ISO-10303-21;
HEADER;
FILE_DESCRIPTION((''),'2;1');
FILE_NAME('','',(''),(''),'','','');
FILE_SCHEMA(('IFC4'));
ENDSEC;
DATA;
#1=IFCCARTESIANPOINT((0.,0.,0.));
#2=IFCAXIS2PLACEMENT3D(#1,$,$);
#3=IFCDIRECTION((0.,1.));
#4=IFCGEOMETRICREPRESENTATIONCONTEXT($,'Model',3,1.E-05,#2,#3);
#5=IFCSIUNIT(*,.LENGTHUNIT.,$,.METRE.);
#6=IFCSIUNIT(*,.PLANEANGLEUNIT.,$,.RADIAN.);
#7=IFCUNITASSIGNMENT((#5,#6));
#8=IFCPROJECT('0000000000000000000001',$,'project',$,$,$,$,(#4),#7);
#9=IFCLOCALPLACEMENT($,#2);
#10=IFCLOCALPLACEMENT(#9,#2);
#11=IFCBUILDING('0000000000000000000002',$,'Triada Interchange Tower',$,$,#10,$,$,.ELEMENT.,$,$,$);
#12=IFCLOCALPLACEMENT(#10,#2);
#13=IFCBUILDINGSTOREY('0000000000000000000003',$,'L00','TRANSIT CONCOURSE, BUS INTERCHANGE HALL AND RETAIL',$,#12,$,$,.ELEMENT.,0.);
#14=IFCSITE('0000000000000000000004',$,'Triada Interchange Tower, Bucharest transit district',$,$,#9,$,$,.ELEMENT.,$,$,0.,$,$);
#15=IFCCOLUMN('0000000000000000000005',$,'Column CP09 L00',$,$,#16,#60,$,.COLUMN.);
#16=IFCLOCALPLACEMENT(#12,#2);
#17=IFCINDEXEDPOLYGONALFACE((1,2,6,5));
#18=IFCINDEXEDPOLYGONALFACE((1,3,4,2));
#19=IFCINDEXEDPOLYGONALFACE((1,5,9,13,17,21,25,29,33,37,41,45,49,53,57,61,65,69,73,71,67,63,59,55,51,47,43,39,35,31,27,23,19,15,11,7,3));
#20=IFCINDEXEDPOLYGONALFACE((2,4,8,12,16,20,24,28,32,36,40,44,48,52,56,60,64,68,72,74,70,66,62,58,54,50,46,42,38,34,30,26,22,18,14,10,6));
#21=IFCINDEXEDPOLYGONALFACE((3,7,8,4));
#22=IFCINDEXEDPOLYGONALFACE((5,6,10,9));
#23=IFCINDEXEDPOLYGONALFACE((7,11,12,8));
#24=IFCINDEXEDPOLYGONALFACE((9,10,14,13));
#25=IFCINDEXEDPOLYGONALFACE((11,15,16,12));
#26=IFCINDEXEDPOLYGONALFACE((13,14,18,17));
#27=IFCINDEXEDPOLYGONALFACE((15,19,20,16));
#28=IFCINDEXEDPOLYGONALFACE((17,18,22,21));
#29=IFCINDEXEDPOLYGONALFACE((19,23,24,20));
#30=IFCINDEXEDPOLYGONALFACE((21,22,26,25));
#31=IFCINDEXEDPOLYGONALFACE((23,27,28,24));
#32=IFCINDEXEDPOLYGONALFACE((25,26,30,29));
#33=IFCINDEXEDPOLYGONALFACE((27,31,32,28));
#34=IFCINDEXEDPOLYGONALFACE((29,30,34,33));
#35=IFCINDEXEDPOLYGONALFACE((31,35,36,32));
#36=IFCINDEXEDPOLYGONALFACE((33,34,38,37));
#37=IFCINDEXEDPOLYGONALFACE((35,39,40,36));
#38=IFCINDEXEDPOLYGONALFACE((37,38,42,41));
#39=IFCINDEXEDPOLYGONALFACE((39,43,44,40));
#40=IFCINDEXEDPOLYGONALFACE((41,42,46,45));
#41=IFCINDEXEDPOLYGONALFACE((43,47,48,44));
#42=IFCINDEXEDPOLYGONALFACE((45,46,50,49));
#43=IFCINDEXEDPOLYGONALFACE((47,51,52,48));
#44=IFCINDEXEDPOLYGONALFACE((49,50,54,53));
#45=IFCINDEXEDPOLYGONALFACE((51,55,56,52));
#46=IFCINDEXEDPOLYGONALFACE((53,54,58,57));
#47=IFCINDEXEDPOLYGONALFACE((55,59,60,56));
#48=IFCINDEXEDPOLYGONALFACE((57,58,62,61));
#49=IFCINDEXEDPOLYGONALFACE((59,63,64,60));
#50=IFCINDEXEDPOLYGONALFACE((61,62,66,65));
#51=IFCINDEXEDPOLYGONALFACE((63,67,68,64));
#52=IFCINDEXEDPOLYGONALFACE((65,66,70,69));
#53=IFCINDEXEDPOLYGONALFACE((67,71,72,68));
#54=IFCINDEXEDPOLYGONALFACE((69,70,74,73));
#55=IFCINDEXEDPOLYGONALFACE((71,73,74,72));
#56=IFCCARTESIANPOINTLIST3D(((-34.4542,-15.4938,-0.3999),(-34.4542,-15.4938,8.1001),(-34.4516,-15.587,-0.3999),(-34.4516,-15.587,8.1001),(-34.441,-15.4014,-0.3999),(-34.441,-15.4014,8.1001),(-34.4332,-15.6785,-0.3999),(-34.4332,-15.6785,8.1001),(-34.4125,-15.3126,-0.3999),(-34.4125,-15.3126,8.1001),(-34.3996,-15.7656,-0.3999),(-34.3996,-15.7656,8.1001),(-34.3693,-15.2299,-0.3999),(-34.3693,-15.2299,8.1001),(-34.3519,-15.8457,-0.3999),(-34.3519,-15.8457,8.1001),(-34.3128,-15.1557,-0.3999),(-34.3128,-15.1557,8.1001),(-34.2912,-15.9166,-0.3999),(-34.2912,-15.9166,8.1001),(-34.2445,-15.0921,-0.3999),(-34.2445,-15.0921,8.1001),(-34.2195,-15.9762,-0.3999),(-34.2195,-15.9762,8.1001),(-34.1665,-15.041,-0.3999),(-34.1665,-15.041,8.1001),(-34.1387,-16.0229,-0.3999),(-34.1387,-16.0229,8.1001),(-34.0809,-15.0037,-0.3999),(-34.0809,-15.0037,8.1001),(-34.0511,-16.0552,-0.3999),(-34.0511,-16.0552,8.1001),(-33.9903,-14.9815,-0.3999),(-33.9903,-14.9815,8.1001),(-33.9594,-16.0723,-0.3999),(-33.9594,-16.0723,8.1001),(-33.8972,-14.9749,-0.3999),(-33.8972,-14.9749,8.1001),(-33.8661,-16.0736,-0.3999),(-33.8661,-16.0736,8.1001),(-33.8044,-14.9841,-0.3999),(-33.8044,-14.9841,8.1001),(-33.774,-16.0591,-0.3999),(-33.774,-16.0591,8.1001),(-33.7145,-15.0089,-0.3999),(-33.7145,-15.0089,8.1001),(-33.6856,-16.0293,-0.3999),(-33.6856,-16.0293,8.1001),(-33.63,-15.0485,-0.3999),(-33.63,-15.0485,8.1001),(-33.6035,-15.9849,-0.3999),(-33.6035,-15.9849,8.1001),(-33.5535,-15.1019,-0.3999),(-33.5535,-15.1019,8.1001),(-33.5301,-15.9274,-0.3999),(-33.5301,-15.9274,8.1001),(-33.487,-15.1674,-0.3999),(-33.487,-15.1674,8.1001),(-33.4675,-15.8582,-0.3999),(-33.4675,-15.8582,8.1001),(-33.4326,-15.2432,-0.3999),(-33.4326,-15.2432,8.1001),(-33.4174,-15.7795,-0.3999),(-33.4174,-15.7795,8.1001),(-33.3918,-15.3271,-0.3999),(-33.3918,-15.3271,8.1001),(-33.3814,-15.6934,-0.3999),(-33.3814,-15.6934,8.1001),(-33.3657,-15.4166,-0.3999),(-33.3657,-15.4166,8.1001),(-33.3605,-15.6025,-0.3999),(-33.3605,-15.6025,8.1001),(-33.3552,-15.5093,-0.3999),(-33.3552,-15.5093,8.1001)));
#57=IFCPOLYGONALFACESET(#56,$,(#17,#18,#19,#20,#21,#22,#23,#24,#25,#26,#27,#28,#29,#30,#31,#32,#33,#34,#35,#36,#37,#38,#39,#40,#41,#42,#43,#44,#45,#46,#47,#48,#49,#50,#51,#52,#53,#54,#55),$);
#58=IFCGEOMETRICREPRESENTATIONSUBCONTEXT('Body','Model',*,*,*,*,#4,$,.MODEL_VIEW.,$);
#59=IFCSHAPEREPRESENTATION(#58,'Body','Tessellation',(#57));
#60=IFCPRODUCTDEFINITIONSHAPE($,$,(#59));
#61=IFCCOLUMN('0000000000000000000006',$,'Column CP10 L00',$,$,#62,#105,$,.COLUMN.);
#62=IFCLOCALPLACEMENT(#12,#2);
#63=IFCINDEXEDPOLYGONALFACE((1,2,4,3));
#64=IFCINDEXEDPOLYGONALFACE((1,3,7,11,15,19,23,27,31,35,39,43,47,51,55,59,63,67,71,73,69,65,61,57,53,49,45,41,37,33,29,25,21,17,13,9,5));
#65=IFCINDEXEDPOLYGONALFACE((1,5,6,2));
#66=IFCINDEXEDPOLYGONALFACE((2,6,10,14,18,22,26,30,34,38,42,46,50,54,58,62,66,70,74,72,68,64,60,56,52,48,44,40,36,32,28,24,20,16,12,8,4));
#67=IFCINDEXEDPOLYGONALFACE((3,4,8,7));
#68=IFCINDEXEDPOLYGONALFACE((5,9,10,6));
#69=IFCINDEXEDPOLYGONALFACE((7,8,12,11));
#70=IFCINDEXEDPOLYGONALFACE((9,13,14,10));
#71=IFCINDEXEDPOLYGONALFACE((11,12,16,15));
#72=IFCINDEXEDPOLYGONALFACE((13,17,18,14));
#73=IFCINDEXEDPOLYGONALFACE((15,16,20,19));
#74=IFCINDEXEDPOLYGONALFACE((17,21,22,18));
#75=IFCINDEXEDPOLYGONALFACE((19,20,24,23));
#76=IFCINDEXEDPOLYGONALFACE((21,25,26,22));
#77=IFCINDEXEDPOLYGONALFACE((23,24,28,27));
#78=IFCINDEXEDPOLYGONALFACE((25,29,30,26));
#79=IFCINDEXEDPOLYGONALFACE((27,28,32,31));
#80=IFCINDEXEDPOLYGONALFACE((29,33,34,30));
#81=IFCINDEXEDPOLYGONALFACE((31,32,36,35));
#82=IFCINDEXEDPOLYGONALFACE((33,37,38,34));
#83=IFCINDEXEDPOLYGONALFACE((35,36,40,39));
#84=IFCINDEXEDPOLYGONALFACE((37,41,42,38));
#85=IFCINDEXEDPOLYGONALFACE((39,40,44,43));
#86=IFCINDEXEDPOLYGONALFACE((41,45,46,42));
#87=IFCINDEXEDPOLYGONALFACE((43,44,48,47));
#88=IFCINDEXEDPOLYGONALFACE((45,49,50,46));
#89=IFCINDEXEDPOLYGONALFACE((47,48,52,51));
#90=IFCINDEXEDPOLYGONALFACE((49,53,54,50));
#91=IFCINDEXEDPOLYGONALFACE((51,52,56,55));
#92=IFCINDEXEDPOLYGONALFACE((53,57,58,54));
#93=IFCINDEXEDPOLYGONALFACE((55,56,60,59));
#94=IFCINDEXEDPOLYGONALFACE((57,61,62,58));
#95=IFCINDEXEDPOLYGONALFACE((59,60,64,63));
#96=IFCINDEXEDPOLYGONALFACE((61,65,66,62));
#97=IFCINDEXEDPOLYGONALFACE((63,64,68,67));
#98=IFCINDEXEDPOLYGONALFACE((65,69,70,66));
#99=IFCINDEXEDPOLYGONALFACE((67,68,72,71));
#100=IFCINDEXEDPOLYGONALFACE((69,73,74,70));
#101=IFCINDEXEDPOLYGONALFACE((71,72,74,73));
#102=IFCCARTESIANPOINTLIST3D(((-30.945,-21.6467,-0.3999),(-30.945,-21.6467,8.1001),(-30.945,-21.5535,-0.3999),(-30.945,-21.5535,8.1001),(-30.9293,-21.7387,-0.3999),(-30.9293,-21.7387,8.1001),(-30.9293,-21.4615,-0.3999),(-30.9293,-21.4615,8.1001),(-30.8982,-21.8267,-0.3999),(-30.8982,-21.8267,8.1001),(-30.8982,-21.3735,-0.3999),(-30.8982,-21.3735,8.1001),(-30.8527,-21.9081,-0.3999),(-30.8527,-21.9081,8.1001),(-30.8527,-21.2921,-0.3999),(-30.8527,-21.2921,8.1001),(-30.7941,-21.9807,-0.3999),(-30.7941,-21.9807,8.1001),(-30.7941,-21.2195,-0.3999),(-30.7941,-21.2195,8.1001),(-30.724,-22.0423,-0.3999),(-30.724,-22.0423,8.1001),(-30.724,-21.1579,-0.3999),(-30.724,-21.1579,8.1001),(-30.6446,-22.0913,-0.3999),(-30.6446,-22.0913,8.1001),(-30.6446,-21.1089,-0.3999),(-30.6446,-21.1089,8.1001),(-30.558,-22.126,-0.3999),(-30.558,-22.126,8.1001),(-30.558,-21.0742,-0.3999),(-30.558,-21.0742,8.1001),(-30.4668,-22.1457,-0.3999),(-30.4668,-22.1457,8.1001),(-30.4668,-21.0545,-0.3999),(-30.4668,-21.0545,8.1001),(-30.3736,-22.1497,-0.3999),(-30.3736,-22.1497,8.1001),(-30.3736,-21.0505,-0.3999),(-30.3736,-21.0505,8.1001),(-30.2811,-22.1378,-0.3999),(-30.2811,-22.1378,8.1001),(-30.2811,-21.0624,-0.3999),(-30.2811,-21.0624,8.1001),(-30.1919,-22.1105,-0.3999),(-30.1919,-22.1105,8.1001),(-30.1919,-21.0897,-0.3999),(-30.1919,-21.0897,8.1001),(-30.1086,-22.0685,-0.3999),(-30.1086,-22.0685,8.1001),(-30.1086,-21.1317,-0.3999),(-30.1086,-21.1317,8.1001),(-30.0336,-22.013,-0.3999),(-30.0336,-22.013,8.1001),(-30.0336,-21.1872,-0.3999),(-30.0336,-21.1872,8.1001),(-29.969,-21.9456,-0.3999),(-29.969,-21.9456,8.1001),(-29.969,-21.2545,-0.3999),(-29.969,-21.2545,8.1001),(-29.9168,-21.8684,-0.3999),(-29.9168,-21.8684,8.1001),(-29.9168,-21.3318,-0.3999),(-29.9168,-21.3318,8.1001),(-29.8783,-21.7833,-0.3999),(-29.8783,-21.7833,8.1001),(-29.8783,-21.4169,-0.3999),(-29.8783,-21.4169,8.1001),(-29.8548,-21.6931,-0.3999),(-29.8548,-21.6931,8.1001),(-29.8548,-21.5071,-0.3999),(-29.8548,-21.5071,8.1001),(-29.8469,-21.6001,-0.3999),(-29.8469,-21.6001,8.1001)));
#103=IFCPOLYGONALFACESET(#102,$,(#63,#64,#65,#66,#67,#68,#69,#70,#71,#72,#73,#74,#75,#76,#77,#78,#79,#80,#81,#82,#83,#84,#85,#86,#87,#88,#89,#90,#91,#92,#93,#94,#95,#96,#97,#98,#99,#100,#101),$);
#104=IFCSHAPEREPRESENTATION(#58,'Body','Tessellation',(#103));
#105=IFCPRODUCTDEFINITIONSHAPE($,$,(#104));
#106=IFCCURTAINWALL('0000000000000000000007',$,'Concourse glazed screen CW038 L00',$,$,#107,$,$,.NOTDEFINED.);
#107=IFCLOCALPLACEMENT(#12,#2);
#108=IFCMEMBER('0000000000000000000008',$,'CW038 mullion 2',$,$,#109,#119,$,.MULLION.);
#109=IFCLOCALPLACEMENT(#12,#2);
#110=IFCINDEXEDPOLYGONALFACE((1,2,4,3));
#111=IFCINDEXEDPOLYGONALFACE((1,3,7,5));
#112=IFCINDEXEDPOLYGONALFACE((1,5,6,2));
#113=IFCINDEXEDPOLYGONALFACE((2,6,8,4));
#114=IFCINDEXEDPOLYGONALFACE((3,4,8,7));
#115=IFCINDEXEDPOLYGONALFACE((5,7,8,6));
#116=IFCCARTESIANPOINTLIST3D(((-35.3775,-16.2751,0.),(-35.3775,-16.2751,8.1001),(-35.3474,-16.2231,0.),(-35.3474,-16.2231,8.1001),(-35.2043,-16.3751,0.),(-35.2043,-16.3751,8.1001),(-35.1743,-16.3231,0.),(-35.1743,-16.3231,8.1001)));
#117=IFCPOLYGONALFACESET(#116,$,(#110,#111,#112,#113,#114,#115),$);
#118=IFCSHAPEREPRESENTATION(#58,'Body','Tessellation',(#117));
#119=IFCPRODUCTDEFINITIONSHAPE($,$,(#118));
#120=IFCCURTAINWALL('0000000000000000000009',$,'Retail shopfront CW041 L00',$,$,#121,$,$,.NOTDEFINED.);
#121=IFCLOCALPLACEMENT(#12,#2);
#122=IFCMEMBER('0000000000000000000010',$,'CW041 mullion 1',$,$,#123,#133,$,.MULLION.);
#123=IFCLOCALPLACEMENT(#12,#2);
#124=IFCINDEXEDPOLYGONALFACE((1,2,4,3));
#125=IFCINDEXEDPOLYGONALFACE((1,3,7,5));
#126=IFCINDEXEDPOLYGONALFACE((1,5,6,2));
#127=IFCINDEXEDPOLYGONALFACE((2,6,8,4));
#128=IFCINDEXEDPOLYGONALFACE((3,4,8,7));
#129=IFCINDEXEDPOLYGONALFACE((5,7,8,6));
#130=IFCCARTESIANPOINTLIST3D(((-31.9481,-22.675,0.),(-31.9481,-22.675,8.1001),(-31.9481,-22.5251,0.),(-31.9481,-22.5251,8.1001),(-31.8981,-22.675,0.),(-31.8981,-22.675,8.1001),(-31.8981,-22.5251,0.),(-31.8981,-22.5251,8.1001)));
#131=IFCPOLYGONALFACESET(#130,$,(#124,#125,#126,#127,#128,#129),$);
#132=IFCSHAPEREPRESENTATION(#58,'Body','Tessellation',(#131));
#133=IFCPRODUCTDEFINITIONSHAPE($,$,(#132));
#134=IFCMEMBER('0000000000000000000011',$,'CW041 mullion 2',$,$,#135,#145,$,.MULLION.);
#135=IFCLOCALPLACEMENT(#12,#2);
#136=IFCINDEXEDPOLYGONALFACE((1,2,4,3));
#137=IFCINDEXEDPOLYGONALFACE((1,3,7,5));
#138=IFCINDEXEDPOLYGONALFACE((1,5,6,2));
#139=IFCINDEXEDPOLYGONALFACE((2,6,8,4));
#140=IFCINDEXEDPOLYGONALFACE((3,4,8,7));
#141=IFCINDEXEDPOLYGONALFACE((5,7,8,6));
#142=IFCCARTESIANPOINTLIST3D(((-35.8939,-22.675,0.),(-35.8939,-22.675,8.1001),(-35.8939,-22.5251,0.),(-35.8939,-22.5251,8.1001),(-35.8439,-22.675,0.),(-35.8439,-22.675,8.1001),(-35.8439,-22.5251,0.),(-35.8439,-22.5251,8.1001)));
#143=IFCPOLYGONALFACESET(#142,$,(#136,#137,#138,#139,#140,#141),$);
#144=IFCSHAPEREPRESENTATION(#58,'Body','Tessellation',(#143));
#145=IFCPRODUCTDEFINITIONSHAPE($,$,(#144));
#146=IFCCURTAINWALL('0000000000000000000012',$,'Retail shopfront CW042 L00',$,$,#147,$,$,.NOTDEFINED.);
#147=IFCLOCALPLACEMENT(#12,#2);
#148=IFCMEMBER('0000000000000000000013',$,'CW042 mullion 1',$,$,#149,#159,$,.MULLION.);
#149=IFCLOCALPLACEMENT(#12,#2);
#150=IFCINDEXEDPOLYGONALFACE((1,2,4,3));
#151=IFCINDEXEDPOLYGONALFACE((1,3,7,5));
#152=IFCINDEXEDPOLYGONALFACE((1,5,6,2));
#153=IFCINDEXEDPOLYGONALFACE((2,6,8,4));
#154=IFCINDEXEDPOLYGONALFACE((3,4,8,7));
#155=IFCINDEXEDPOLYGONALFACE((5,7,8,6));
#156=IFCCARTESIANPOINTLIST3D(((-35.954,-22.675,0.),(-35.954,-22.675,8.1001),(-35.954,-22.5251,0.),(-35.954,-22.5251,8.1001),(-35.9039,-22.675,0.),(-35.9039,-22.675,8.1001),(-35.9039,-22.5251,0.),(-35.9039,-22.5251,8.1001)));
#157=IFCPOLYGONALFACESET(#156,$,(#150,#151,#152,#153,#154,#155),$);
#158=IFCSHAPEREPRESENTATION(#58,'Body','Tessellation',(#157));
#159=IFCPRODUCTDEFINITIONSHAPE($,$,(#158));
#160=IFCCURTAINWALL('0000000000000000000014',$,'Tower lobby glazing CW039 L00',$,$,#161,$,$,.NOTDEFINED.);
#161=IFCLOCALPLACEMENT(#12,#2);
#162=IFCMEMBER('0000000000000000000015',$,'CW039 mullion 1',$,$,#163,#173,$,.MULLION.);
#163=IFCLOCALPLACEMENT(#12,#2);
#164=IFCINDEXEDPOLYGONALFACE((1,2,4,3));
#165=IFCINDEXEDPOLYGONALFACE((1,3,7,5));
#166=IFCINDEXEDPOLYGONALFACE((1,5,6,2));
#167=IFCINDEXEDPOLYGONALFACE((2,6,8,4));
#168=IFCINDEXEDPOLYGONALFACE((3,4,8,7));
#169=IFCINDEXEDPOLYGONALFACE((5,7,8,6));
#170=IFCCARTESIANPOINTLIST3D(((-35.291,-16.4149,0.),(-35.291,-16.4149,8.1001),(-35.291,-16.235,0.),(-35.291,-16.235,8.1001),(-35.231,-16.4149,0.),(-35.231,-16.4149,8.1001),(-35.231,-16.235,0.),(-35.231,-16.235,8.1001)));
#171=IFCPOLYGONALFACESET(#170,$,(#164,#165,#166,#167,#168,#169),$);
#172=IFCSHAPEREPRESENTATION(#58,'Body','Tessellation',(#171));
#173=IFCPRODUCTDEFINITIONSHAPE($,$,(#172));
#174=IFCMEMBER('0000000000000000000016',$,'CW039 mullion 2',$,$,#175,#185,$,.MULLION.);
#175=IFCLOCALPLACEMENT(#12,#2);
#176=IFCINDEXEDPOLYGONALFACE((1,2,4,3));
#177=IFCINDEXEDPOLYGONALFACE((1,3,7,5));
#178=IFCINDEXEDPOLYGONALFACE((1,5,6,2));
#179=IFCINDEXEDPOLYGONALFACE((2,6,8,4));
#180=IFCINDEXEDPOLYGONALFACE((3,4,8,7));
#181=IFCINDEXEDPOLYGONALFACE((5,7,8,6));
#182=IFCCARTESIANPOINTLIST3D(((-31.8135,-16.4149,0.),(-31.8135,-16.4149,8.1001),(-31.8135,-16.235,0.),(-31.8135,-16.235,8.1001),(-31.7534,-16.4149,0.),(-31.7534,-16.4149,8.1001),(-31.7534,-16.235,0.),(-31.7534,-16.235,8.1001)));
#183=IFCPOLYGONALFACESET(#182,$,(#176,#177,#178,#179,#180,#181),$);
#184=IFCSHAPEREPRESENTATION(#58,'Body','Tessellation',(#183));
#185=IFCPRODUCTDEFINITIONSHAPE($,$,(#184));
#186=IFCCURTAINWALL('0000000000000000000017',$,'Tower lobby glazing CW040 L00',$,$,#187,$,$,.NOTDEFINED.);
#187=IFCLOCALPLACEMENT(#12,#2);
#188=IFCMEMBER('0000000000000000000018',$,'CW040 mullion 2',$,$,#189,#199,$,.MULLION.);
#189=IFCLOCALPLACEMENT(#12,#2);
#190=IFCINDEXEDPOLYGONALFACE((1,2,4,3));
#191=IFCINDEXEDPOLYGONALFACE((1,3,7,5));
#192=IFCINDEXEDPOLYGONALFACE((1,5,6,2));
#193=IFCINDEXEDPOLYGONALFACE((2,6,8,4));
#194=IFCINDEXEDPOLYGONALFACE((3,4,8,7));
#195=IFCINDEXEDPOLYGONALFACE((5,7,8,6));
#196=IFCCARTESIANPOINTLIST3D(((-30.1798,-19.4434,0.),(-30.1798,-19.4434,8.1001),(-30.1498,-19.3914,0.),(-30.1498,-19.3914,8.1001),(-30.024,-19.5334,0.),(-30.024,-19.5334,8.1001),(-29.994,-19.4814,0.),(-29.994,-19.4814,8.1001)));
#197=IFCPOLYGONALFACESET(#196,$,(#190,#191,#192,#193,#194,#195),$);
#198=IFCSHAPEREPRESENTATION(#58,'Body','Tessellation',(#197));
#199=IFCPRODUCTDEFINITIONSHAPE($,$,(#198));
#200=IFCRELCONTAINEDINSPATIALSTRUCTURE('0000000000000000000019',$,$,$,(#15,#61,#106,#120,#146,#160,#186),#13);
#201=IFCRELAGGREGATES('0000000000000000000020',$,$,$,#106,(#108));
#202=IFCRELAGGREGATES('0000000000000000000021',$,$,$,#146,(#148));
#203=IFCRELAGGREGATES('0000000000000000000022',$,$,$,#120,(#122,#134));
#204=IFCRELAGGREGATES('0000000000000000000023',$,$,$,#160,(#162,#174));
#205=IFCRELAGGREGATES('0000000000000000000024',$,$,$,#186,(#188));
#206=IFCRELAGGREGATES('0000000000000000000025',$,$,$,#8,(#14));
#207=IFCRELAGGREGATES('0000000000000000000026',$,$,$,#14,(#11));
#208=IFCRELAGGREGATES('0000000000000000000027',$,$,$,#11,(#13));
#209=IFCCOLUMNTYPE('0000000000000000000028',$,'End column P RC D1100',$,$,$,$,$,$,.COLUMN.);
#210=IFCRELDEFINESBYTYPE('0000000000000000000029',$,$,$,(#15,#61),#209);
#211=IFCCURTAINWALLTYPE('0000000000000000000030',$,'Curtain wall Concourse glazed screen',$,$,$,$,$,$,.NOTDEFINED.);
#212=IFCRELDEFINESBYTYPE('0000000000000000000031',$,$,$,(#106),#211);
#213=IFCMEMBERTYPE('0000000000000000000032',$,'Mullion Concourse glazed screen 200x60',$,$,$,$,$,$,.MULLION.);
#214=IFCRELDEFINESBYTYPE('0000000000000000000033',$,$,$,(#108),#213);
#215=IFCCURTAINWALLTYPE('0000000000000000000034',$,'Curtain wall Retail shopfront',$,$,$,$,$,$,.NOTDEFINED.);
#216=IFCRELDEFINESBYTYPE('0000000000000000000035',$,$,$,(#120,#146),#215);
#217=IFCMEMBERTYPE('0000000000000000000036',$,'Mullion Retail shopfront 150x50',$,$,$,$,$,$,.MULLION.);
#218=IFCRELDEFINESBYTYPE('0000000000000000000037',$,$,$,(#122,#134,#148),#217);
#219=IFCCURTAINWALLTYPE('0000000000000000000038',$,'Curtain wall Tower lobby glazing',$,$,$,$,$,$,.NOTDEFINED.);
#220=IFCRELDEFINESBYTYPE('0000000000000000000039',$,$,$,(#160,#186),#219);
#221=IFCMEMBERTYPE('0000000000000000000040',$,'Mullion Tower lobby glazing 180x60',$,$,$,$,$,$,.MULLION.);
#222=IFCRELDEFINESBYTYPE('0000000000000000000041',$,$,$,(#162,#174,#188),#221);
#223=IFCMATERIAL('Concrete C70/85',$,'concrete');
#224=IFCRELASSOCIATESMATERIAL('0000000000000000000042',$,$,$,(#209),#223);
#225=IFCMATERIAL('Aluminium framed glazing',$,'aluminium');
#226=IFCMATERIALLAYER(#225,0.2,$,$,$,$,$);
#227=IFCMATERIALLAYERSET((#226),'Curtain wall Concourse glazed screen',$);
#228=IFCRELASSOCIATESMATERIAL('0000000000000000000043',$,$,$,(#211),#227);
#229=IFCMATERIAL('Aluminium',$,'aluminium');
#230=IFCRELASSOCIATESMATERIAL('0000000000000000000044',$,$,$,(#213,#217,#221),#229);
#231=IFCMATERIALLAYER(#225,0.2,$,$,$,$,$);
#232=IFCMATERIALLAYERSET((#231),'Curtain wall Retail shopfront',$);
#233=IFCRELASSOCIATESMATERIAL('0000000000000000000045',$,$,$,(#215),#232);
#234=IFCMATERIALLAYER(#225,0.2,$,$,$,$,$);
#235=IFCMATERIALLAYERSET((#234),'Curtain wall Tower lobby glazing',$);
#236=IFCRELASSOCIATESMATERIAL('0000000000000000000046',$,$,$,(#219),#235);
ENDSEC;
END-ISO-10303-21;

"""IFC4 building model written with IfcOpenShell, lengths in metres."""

from ifc_helpers import new_model, si_unit, direction, frame, origin, origin_2d, place, context, subcontext, project, spatial, rectangle, circle, extrude, material, layer, layer_set, material_profile, profile_set, type_object, element, aggregate, save


model = new_model("IFC4")

# Units and contexts
model_context = context("Model", 3, precision=1e-05, world=origin(), true_north=direction((0.0, 1.0)))
body_context = subcontext(model_context, "Body", "Model", "MODEL_VIEW")
ifc_project = project(units=[si_unit("LENGTHUNIT", "METRE"), si_unit("PLANEANGLEUNIT", "RADIAN")], contexts=[model_context])

# Site, building, storey
site_placement = place(None, origin())
site = spatial("IfcSite", under=ifc_project, at=site_placement, Name="Triada Interchange Tower, Bucharest transit district", CompositionType="ELEMENT", RefElevation=0.0)
building_placement = place(site_placement, origin())
building = spatial("IfcBuilding", under=site, at=building_placement, Name="Triada Interchange Tower", CompositionType="ELEMENT")
storey_placement = place(building_placement, origin())
storey = spatial("IfcBuildingStorey", under=building, at=storey_placement, Name="L00", Description="TRANSIT CONCOURSE, BUS INTERCHANGE HALL AND RETAIL", CompositionType="ELEMENT", Elevation=0.0)

# Columns
ifc_material_1 = material(Name="Concrete C70/85", Category="concrete")
ifc_material_profile_1 = material_profile(ifc_material_1, circle(Radius=0.55, at=origin_2d()), Name="RC D1100")
ifc_profile_set_1 = profile_set([ifc_material_profile_1], Name="Concrete C70/85")
column_type = type_object("IfcColumnType", Name="End column P RC D1100", PredefinedType="COLUMN", material=ifc_profile_set_1)
for number, where, z_axis, x_axis, name in (
    (1, (-33.905, -15.5249, -0.3999), (0.0, 0.0, 1.0), (0.5, 0.866025, 0.0), "Column CP09 L00"),
    (2, (-30.397, -21.6001, -0.3999), (0.0, 0.0, 1.0), (1.0, 0.0, 0.0), "Column CP10 L00"),
):
    element("IfcColumn", number, at=place(storey_placement, frame(where, z_axis=z_axis, x_axis=x_axis)), inside=storey, type_object=column_type, Name=name, PredefinedType="COLUMN", context=body_context, shape_type="SweptSolid", body=[
        extrude(circle(Radius=0.55, at=origin_2d()), origin(), (0.0, 0.0, 1.0), 8.5),
    ])

# Curtain wall, member
ifc_material_2 = material(Name="Aluminium framed glazing", Category="aluminium")
ifc_layer_1 = layer(ifc_material_2, 0.2)
ifc_layer_set_1 = layer_set([ifc_layer_1], Name="Curtain wall Concourse glazed screen")
curtain_wall_type_1 = type_object("IfcCurtainWallType", Name="Curtain wall Concourse glazed screen", PredefinedType="NOTDEFINED", material=ifc_layer_set_1)
curtain_wall_1_placement = place(storey_placement, origin())
curtain_wall_1 = element("IfcCurtainWall", 3, at=curtain_wall_1_placement, inside=storey, type_object=curtain_wall_type_1, Name="Concourse glazed screen CW038 L00", PredefinedType="NOTDEFINED")
ifc_material_3 = material(Name="Aluminium", Category="aluminium")
ifc_material_profile_2 = material_profile(ifc_material_3, rectangle(XDim=0.2, YDim=0.0601, at=origin_2d()), Name="Aluminium mullion")
ifc_profile_set_2 = profile_set([ifc_material_profile_2], Name="Aluminium")
member_type_1 = type_object("IfcMemberType", Name="Mullion Concourse glazed screen 200x60", PredefinedType="MULLION", material=ifc_profile_set_2)
member_1_placement = place(storey_placement, frame((-35.2759, -16.2991, 0.0), z_axis=(0.0, 0.0, 1.0), x_axis=(0.865982, -0.500074, 0.0)))
member_1 = element("IfcMember", 4, at=member_1_placement, type_object=member_type_1, Name="CW038 mullion 2", PredefinedType="MULLION", context=body_context, shape_type="SweptSolid", body=[
    extrude(rectangle(XDim=0.2, YDim=0.0601, at=origin_2d()), origin(), (0.0, 0.0, 1.0), 8.1001),
])
aggregate(curtain_wall_1, [member_1])

# Curtain wall, members
ifc_layer_2 = layer(ifc_material_2, 0.2)
ifc_layer_set_2 = layer_set([ifc_layer_2], Name="Curtain wall Retail shopfront")
curtain_wall_type_2 = type_object("IfcCurtainWallType", Name="Curtain wall Retail shopfront", PredefinedType="NOTDEFINED", material=ifc_layer_set_2)
curtain_wall_2_placement = place(storey_placement, origin())
curtain_wall_2 = element("IfcCurtainWall", 5, at=curtain_wall_2_placement, inside=storey, type_object=curtain_wall_type_2, Name="Retail shopfront CW041 L00", PredefinedType="NOTDEFINED")
ifc_material_profile_3 = material_profile(ifc_material_3, rectangle(XDim=0.1499, YDim=0.05, at=origin_2d()), Name="Aluminium mullion")
ifc_profile_set_3 = profile_set([ifc_material_profile_3], Name="Aluminium")
member_type_2 = type_object("IfcMemberType", Name="Mullion Retail shopfront 150x50", PredefinedType="MULLION", material=ifc_profile_set_3)
member_2_placement = place(storey_placement, frame((-31.9231, -22.6001, 0.0), z_axis=(0.0, 0.0, 1.0), x_axis=(0.0, -1.0, 0.0)))
member_2 = element("IfcMember", 6, at=member_2_placement, type_object=member_type_2, Name="CW041 mullion 1", PredefinedType="MULLION", context=body_context, shape_type="SweptSolid", body=[
    extrude(rectangle(XDim=0.1499, YDim=0.05, at=origin_2d()), origin(), (0.0, 0.0, 1.0), 8.1001),
])
member_3_placement = place(storey_placement, frame((-35.8689, -22.6001, 0.0), z_axis=(0.0, 0.0, 1.0), x_axis=(0.0, -1.0, 0.0)))
member_3 = element("IfcMember", 7, at=member_3_placement, type_object=member_type_2, Name="CW041 mullion 2", PredefinedType="MULLION", context=body_context, shape_type="SweptSolid", body=[
    extrude(rectangle(XDim=0.1499, YDim=0.05, at=origin_2d()), origin(), (0.0, 0.0, 1.0), 8.1001),
])

# Curtain wall, member
curtain_wall_3_placement = place(storey_placement, origin())
curtain_wall_3 = element("IfcCurtainWall", 8, at=curtain_wall_3_placement, inside=storey, type_object=curtain_wall_type_2, Name="Retail shopfront CW042 L00", PredefinedType="NOTDEFINED")
member_4_placement = place(storey_placement, frame((-35.929, -22.6001, 0.0), z_axis=(0.0, 0.0, 1.0), x_axis=(0.0, -1.0, 0.0)))
member_4 = element("IfcMember", 9, at=member_4_placement, type_object=member_type_2, Name="CW042 mullion 1", PredefinedType="MULLION", context=body_context, shape_type="SweptSolid", body=[
    extrude(rectangle(XDim=0.1499, YDim=0.05, at=origin_2d()), origin(), (0.0, 0.0, 1.0), 8.1001),
])

# Curtain walls, members
ifc_layer_3 = layer(ifc_material_2, 0.2)
ifc_layer_set_3 = layer_set([ifc_layer_3], Name="Curtain wall Tower lobby glazing")
curtain_wall_type_3 = type_object("IfcCurtainWallType", Name="Curtain wall Tower lobby glazing", PredefinedType="NOTDEFINED", material=ifc_layer_set_3)
curtain_wall_4_placement = place(storey_placement, origin())
curtain_wall_4 = element("IfcCurtainWall", 10, at=curtain_wall_4_placement, inside=storey, type_object=curtain_wall_type_3, Name="Tower lobby glazing CW039 L00", PredefinedType="NOTDEFINED")
ifc_material_profile_4 = material_profile(ifc_material_3, rectangle(XDim=0.1799, YDim=0.0601, at=origin_2d()), Name="Aluminium mullion")
ifc_profile_set_4 = profile_set([ifc_material_profile_4], Name="Aluminium")
member_type_3 = type_object("IfcMemberType", Name="Mullion Tower lobby glazing 180x60", PredefinedType="MULLION", material=ifc_profile_set_4)
member_5_placement = place(storey_placement, frame((-35.261, -16.325, 0.0), z_axis=(0.0, 0.0, 1.0), x_axis=(0.0, 1.0, 0.0)))
member_5 = element("IfcMember", 11, at=member_5_placement, type_object=member_type_3, Name="CW039 mullion 1", PredefinedType="MULLION", context=body_context, shape_type="SweptSolid", body=[
    extrude(rectangle(XDim=0.1799, YDim=0.0601, at=origin_2d()), origin(), (0.0, 0.0, 1.0), 8.1001),
])
member_6_placement = place(storey_placement, frame((-31.7834, -16.325, 0.0), z_axis=(0.0, 0.0, 1.0), x_axis=(0.0, 1.0, 0.0)))
member_6 = element("IfcMember", 12, at=member_6_placement, type_object=member_type_3, Name="CW039 mullion 2", PredefinedType="MULLION", context=body_context, shape_type="SweptSolid", body=[
    extrude(rectangle(XDim=0.1799, YDim=0.0601, at=origin_2d()), origin(), (0.0, 0.0, 1.0), 8.1001),
])
curtain_wall_5_placement = place(storey_placement, origin())
curtain_wall_5 = element("IfcCurtainWall", 13, at=curtain_wall_5_placement, inside=storey, type_object=curtain_wall_type_3, Name="Tower lobby glazing CW040 L00", PredefinedType="NOTDEFINED")
member_7_placement = place(storey_placement, frame((-30.0869, -19.4624, 0.0), z_axis=(0.0, 0.0, 1.0), x_axis=(0.866078, -0.49991, 0.0)))
member_7 = element("IfcMember", 14, at=member_7_placement, type_object=member_type_3, Name="CW040 mullion 2", PredefinedType="MULLION", context=body_context, shape_type="SweptSolid", body=[
    extrude(rectangle(XDim=0.1799, YDim=0.0601, at=origin_2d()), origin(), (0.0, 0.0, 1.0), 8.1001),
])

aggregate(curtain_wall_3, [member_4])

aggregate(curtain_wall_2, [member_2, member_3])
aggregate(curtain_wall_4, [member_5, member_6])
aggregate(curtain_wall_5, [member_7])

save(model, "model.ifc")
